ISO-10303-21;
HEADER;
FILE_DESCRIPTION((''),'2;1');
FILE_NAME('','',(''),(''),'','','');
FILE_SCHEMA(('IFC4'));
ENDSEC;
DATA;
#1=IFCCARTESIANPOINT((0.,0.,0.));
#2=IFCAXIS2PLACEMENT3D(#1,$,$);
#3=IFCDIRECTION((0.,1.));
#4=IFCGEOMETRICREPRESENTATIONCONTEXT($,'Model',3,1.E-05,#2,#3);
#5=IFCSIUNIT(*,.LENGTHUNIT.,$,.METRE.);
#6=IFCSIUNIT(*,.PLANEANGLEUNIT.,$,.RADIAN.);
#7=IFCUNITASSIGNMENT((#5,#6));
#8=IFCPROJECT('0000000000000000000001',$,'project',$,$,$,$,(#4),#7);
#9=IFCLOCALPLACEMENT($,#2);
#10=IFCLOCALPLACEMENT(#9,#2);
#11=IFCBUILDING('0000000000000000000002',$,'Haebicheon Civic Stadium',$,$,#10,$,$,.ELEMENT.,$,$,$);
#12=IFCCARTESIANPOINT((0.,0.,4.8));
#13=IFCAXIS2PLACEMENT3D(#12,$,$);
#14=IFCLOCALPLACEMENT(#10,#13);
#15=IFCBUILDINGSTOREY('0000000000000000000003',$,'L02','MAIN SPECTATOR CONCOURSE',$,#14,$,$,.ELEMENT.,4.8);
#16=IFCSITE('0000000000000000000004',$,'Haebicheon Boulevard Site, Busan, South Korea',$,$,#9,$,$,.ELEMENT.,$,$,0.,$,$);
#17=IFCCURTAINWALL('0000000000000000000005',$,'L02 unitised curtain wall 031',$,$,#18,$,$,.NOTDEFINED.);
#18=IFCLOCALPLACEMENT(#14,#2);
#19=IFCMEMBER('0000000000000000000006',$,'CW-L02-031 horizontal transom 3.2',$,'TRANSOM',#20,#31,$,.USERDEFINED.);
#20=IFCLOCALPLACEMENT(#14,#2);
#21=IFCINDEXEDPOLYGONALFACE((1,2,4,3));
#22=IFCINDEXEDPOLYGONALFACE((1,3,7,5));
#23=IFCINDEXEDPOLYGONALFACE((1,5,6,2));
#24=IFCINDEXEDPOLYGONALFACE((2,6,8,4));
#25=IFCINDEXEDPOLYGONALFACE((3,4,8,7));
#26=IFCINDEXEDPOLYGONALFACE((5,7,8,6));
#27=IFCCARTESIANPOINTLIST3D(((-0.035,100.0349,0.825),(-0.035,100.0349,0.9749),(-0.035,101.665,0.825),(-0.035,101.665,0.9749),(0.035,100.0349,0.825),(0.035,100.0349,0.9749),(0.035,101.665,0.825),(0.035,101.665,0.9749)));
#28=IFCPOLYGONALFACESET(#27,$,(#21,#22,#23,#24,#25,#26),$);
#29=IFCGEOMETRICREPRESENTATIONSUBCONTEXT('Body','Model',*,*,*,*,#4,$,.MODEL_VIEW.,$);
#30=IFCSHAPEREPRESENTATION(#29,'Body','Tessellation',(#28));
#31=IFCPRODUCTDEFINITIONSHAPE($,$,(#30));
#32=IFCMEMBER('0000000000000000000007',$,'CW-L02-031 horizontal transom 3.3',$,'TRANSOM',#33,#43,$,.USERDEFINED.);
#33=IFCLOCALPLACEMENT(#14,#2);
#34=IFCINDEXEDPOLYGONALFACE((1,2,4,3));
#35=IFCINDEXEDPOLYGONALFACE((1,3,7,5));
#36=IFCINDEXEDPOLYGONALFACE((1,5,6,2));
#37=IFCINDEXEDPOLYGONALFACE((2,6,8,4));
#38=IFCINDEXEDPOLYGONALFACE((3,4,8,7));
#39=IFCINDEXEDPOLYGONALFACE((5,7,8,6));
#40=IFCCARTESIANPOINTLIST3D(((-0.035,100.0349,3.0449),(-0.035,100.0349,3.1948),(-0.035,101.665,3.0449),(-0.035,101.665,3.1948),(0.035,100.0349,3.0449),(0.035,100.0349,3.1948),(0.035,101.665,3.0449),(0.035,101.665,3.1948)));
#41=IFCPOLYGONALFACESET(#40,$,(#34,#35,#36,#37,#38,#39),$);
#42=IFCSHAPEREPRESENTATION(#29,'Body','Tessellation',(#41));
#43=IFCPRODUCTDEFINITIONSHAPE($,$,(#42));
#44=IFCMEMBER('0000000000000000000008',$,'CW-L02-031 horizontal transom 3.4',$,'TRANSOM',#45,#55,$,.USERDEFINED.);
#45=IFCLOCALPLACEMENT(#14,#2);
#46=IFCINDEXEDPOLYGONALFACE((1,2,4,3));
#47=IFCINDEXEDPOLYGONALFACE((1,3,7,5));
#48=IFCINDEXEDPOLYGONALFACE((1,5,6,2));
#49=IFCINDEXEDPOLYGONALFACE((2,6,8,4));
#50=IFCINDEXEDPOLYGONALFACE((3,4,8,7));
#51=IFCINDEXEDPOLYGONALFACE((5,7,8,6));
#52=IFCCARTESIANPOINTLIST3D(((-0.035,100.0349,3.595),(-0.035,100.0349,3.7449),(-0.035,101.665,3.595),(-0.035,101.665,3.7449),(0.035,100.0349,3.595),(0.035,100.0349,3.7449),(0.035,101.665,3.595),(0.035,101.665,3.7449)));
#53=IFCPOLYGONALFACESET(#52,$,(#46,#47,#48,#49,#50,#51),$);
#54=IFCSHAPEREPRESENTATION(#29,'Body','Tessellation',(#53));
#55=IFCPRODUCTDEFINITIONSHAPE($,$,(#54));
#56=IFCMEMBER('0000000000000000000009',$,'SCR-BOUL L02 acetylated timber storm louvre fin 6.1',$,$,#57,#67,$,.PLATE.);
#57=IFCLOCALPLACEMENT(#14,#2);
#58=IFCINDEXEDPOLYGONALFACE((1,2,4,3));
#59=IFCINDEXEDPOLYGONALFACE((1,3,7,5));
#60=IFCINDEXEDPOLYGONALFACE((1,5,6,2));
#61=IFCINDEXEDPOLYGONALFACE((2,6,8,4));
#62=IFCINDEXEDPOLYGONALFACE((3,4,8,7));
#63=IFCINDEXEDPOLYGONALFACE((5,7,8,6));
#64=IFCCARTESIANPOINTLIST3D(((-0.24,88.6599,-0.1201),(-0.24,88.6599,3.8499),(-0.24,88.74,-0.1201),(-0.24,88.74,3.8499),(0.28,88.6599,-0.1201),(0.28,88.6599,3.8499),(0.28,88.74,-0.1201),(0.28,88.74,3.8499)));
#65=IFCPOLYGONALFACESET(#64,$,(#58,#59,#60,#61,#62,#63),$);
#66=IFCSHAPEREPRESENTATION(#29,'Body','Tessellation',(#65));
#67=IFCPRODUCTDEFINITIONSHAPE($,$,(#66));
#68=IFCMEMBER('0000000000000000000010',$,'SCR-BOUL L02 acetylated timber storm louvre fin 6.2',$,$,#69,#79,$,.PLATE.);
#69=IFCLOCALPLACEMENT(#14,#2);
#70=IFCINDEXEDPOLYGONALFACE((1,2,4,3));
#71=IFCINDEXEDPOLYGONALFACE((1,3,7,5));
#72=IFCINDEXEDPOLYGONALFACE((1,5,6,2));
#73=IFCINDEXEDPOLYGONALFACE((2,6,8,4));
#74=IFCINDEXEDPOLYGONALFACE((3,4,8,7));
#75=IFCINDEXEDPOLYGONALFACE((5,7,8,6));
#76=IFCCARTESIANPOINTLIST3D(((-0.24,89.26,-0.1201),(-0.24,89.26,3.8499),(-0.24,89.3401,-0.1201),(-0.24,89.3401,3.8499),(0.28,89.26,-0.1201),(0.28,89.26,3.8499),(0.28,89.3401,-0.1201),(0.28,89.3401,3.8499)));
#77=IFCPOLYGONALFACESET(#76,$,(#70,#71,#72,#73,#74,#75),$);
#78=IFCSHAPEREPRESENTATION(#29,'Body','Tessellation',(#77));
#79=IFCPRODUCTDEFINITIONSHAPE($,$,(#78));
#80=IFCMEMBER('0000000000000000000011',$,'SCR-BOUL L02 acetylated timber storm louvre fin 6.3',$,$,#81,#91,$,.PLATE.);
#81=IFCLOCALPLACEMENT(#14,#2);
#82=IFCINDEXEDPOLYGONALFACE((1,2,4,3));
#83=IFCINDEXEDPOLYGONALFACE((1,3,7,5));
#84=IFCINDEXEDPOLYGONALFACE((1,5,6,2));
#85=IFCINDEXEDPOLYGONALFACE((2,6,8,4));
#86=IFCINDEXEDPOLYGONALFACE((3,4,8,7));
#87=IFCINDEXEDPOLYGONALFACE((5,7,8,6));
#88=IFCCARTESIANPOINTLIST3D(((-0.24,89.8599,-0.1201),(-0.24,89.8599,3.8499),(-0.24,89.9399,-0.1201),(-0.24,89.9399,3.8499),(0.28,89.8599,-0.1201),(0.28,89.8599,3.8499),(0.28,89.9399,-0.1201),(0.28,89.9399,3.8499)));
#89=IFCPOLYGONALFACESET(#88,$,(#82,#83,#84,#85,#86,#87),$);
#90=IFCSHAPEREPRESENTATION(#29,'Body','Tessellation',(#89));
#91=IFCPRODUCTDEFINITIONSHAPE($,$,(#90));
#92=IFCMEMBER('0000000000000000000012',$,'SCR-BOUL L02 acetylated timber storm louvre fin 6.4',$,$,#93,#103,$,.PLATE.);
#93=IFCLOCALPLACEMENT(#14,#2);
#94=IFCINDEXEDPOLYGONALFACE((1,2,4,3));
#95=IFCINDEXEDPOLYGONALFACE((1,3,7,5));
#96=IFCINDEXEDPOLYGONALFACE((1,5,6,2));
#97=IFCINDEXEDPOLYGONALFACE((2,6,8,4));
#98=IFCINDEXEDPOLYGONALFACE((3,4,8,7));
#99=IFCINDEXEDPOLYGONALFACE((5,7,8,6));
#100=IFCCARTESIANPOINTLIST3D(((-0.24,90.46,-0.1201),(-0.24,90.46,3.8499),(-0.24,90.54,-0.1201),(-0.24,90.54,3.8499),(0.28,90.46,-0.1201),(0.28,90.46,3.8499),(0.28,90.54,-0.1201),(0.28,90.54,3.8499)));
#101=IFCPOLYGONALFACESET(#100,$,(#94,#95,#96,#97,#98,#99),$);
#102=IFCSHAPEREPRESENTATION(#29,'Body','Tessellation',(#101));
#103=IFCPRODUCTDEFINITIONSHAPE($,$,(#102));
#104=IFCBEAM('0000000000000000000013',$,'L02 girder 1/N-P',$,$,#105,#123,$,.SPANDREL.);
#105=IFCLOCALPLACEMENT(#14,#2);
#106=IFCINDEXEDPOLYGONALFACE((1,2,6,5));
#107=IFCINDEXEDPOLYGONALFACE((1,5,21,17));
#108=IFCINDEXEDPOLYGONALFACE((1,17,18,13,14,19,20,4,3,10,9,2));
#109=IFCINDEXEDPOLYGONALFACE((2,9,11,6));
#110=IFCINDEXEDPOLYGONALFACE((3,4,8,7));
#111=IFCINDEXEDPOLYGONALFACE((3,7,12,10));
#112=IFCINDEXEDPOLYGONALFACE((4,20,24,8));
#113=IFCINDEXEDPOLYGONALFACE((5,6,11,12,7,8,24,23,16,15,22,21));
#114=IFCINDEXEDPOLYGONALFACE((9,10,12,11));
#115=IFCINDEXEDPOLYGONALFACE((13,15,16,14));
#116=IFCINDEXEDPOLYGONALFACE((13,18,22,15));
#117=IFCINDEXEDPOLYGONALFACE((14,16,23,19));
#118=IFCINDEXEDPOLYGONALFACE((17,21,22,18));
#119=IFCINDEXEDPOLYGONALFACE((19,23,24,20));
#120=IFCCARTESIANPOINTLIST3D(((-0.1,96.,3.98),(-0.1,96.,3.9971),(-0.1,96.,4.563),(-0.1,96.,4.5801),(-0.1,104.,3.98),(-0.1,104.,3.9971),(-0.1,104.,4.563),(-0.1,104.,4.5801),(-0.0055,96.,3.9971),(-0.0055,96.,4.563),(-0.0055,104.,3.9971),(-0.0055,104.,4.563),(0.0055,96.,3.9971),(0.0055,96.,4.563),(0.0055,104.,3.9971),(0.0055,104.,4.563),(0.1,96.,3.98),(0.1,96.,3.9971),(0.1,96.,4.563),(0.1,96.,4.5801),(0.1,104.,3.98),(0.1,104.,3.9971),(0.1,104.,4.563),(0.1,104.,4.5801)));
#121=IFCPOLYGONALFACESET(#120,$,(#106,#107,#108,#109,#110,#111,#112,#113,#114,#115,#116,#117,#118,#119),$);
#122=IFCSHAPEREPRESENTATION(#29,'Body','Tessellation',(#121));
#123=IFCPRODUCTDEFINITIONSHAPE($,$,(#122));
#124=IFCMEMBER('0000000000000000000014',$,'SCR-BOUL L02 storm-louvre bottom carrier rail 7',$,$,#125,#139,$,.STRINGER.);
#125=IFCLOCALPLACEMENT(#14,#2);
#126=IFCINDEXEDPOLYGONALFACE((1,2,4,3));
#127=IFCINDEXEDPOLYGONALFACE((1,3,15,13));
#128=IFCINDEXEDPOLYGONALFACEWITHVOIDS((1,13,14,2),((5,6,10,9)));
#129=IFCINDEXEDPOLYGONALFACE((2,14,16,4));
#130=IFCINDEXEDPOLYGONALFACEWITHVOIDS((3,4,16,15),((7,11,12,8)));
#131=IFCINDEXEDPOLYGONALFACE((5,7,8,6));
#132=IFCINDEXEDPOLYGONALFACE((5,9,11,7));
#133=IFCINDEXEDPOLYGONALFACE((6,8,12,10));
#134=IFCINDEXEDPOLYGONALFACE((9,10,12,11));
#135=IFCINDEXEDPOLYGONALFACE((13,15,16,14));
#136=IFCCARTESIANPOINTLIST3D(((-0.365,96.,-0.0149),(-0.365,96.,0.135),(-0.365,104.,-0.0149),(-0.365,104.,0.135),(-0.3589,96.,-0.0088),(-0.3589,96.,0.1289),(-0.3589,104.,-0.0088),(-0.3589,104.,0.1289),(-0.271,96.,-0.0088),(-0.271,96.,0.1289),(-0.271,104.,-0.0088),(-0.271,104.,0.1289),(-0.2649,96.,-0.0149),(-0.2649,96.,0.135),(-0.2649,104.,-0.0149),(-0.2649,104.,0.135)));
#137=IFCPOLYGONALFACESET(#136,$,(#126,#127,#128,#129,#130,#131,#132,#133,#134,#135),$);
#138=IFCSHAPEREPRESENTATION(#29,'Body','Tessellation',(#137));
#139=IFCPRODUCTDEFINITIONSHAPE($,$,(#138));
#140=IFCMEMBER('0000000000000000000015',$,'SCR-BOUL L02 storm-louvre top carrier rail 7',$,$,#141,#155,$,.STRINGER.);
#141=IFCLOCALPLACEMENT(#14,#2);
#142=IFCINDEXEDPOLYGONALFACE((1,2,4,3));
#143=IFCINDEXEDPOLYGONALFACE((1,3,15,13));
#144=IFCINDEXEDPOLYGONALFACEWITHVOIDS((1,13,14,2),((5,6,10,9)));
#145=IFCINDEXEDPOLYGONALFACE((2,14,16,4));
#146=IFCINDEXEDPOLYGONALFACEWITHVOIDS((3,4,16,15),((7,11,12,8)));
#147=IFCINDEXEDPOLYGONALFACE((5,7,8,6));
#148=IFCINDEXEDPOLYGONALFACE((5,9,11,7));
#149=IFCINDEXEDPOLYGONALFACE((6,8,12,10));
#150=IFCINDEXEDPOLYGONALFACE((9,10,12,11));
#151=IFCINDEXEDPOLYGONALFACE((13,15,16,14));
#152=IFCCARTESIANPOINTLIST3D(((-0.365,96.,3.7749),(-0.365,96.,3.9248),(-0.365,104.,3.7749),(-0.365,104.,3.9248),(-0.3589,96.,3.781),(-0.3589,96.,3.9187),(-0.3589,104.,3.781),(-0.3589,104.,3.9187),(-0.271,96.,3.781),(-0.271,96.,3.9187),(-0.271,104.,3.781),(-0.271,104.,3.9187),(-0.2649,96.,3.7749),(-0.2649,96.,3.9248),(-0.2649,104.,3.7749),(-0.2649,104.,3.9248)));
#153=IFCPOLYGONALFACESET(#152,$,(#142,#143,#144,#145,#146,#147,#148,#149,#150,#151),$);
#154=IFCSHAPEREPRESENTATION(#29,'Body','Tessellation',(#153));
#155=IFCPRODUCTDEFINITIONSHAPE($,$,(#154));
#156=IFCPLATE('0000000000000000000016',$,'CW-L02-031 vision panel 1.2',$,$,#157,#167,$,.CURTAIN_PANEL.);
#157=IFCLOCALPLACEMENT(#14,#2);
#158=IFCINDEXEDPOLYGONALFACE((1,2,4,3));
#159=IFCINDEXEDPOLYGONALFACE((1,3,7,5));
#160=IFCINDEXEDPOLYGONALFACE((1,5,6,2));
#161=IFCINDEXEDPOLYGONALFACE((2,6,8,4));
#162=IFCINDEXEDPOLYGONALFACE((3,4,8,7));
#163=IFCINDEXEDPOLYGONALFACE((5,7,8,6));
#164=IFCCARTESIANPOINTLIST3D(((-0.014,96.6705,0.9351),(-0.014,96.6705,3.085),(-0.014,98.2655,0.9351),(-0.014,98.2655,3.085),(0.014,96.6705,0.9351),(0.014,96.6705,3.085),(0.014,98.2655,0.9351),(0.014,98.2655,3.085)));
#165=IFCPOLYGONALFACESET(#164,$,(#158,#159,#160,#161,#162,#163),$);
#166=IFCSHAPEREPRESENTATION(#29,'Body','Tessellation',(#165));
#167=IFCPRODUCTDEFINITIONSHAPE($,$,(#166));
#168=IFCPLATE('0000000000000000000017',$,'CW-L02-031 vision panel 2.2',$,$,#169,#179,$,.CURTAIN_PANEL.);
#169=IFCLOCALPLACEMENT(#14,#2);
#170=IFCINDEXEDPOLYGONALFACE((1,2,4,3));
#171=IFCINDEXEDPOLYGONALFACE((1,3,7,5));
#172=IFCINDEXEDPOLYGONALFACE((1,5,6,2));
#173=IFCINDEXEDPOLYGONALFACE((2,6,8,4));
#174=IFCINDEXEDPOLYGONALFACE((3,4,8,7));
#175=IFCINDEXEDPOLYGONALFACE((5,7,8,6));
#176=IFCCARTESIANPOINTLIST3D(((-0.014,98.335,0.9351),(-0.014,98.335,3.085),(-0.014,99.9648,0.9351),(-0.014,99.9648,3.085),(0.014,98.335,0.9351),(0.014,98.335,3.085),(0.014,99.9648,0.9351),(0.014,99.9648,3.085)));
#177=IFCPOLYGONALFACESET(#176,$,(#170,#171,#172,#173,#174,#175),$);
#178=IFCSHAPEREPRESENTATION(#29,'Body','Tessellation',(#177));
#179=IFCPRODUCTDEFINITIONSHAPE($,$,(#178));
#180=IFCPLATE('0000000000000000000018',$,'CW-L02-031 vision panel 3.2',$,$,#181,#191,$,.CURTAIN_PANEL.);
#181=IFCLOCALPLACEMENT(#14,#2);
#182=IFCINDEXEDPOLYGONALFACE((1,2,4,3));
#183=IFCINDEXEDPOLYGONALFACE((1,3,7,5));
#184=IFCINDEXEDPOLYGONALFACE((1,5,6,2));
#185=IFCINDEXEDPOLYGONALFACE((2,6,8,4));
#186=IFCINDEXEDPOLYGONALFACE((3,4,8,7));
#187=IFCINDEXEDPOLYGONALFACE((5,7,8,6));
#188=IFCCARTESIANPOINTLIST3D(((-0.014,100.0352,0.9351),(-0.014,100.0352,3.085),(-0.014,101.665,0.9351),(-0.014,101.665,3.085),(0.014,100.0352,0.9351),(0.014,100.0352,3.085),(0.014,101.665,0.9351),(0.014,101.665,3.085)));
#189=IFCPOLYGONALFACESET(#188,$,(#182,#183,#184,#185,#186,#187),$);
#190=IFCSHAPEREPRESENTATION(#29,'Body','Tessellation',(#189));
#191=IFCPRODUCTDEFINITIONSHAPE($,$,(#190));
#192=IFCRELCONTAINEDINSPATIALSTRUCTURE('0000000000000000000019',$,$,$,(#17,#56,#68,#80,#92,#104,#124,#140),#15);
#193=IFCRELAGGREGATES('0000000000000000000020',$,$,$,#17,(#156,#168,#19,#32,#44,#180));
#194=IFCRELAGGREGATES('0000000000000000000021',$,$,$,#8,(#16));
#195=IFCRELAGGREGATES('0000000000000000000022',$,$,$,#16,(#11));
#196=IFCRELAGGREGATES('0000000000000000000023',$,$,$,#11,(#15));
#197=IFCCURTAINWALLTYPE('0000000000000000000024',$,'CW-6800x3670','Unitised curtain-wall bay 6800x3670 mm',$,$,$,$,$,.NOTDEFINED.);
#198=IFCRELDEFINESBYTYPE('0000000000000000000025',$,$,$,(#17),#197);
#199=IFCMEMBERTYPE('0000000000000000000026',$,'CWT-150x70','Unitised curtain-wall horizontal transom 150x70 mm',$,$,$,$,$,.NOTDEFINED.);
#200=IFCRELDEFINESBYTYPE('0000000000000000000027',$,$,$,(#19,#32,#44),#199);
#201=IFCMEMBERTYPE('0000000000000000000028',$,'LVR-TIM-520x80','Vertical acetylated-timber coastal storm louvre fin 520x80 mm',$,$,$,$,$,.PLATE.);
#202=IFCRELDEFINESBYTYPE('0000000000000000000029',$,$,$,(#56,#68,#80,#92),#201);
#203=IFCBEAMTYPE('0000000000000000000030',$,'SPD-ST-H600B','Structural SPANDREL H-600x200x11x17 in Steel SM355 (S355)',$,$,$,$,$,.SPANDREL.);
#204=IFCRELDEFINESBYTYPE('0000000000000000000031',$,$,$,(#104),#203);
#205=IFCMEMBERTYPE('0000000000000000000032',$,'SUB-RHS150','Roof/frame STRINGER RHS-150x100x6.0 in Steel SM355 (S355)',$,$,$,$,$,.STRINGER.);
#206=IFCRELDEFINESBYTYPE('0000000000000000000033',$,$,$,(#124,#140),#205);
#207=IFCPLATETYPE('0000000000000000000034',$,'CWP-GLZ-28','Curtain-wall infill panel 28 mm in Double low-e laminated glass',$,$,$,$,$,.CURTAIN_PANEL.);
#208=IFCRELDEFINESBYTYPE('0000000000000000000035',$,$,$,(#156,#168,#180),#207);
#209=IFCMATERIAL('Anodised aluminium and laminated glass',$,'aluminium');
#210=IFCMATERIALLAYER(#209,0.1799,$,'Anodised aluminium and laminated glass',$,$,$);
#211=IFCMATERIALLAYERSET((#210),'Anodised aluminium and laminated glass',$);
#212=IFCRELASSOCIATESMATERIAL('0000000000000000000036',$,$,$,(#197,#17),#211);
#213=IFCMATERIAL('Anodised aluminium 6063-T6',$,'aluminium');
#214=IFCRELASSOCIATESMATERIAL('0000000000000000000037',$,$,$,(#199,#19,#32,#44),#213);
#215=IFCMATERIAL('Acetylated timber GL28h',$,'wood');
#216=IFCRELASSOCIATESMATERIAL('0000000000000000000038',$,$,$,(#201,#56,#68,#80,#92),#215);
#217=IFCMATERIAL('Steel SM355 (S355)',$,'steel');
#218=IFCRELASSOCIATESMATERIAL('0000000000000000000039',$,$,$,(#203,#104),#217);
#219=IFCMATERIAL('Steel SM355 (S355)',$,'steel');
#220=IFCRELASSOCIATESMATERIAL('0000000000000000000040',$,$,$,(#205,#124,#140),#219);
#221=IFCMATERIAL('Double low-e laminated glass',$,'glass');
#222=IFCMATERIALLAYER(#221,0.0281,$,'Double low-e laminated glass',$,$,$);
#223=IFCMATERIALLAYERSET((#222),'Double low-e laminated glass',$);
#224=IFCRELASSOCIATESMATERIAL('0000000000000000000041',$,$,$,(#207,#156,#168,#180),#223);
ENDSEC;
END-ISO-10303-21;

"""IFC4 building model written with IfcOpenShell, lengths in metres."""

from ifc_helpers import new_model, si_unit, direction, frame, origin, origin_2d, place, context, subcontext, project, spatial, rectangle, hollow_rectangle, i_section, extrude, material, layer, layer_set, material_profile, profile_set, type_object, element, aggregate, save


model = new_model("IFC4")

# Units and contexts
model_context = context("Model", 3, precision=1e-05, world=origin(), true_north=direction((0.0, 1.0)))
body_context = subcontext(model_context, "Body", "Model", "MODEL_VIEW")
ifc_project = project(units=[si_unit("LENGTHUNIT", "METRE"), si_unit("PLANEANGLEUNIT", "RADIAN")], contexts=[model_context])

# Site, building, storey
site_placement = place(None, origin())
site = spatial("IfcSite", under=ifc_project, at=site_placement, Name="Haebicheon Boulevard Site, Busan, South Korea", CompositionType="ELEMENT", RefElevation=0.0)
building_placement = place(site_placement, origin())
building = spatial("IfcBuilding", under=site, at=building_placement, Name="Haebicheon Civic Stadium", CompositionType="ELEMENT")
storey_placement = place(building_placement, frame((0.0, 0.0, 4.8)))
storey = spatial("IfcBuildingStorey", under=building, at=storey_placement, Name="L02", Description="MAIN SPECTATOR CONCOURSE", CompositionType="ELEMENT", Elevation=4.8)

# Curtain wall, members
ifc_material_1 = material(Name="Anodised aluminium and laminated glass", Category="aluminium")
ifc_layer_1 = layer(ifc_material_1, 0.1799, Name="Anodised aluminium and laminated glass")
ifc_layer_set_1 = layer_set([ifc_layer_1], Name="Anodised aluminium and laminated glass")
curtain_wall_type = type_object("IfcCurtainWallType", Name="CW-6800x3670", Description="Unitised curtain-wall bay 6800x3670 mm", PredefinedType="NOTDEFINED", material=ifc_layer_set_1)
curtain_wall_placement = place(storey_placement, origin())
curtain_wall = element("IfcCurtainWall", 1, at=curtain_wall_placement, inside=storey, type_object=curtain_wall_type, material=ifc_layer_set_1, Name="L02 unitised curtain wall 031", PredefinedType="NOTDEFINED")
ifc_material_2 = material(Name="Anodised aluminium 6063-T6", Category="aluminium")
ifc_material_profile_1 = material_profile(ifc_material_2, rectangle(XDim=0.0701, YDim=0.1499, at=origin_2d()), Name="ALU-TRAN-70x150")
ifc_profile_set_1 = profile_set([ifc_material_profile_1], Name="Anodised aluminium 6063-T6")
member_type_1 = type_object("IfcMemberType", Name="CWT-150x70", Description="Unitised curtain-wall horizontal transom 150x70 mm", PredefinedType="NOTDEFINED", material=ifc_profile_set_1)
member_1_placement = place(storey_placement, frame((0.0, 100.0349, 0.8999), z_axis=(0.0, 1.0, 0.0), x_axis=(-1.0, 0.0, 0.0)))
member_1 = element("IfcMember", 2, at=member_1_placement, type_object=member_type_1, material=ifc_profile_set_1, Name="CW-L02-031 horizontal transom 3.2", ObjectType="TRANSOM", PredefinedType="USERDEFINED", context=body_context, shape_type="SweptSolid", body=[
    extrude(rectangle(XDim=0.0701, YDim=0.1499, at=origin_2d()), origin(), (0.0, 0.0, 1.0), 1.6301),
])
member_2_placement = place(storey_placement, frame((0.0, 100.0349, 3.1199), z_axis=(0.0, 1.0, 0.0), x_axis=(-1.0, 0.0, 0.0)))
member_2 = element("IfcMember", 3, at=member_2_placement, type_object=member_type_1, material=ifc_profile_set_1, Name="CW-L02-031 horizontal transom 3.3", ObjectType="TRANSOM", PredefinedType="USERDEFINED", context=body_context, shape_type="SweptSolid", body=[
    extrude(rectangle(XDim=0.0701, YDim=0.1499, at=origin_2d()), origin(), (0.0, 0.0, 1.0), 1.6301),
])
member_3_placement = place(storey_placement, frame((0.0, 100.0349, 3.6699), z_axis=(0.0, 1.0, 0.0), x_axis=(-1.0, 0.0, 0.0)))
member_3 = element("IfcMember", 4, at=member_3_placement, type_object=member_type_1, material=ifc_profile_set_1, Name="CW-L02-031 horizontal transom 3.4", ObjectType="TRANSOM", PredefinedType="USERDEFINED", context=body_context, shape_type="SweptSolid", body=[
    extrude(rectangle(XDim=0.0701, YDim=0.1499, at=origin_2d()), origin(), (0.0, 0.0, 1.0), 1.6301),
])

# Members
ifc_material_3 = material(Name="Acetylated timber GL28h", Category="wood")
ifc_material_profile_2 = material_profile(ifc_material_3, rectangle(XDim=0.0801, YDim=0.52, at=origin_2d()), Name="TMB-LOUV-80x520")
ifc_profile_set_2 = profile_set([ifc_material_profile_2], Name="Acetylated timber GL28h")
member_type_2 = type_object("IfcMemberType", Name="LVR-TIM-520x80", Description="Vertical acetylated-timber coastal storm louvre fin 520x80 mm", PredefinedType="PLATE", material=ifc_profile_set_2)
for number, where, z_axis, x_axis, name in (
    (5, (0.02, 88.7, -0.1201), (0.0, 0.0, 1.0), (0.0, 1.0, 0.0), "SCR-BOUL L02 acetylated timber storm louvre fin 6.1"),
    (6, (0.02, 89.3, -0.1201), (0.0, 0.0, 1.0), (0.0, 1.0, 0.0), "SCR-BOUL L02 acetylated timber storm louvre fin 6.2"),
    (7, (0.02, 89.8999, -0.1201), (0.0, 0.0, 1.0), (0.0, 1.0, 0.0), "SCR-BOUL L02 acetylated timber storm louvre fin 6.3"),
    (8, (0.02, 90.5, -0.1201), (0.0, 0.0, 1.0), (0.0, 1.0, 0.0), "SCR-BOUL L02 acetylated timber storm louvre fin 6.4"),
):
    element("IfcMember", number, at=place(storey_placement, frame(where, z_axis=z_axis, x_axis=x_axis)), inside=storey, type_object=member_type_2, material=ifc_profile_set_2, Name=name, PredefinedType="PLATE", context=body_context, shape_type="SweptSolid", body=[
        extrude(rectangle(XDim=0.0801, YDim=0.52, at=origin_2d()), origin(), (0.0, 0.0, 1.0), 3.97),
    ])

# Beam
ifc_material_4 = material(Name="Steel SM355 (S355)", Category="steel")
ifc_material_profile_3 = material_profile(ifc_material_4, i_section(OverallWidth=0.2, OverallDepth=0.6001, WebThickness=0.011, FlangeThickness=0.0171, at=origin_2d()), Name="H-600x200x11x17")
ifc_profile_set_3 = profile_set([ifc_material_profile_3], Name="Steel SM355 (S355)")
beam_type_1 = type_object("IfcBeamType", Name="SPD-ST-H600B", Description="Structural SPANDREL H-600x200x11x17 in Steel SM355 (S355)", PredefinedType="SPANDREL", material=ifc_profile_set_3)
beam_1_placement = place(storey_placement, frame((0.0, 96.0, 4.28), z_axis=(0.0, 1.0, 0.0), x_axis=(-1.0, 0.0, 0.0)))
element("IfcBeam", 9, at=beam_1_placement, inside=storey, type_object=beam_type_1, material=ifc_profile_set_3, Name="L02 girder 1/N-P", PredefinedType="SPANDREL", context=body_context, shape_type="SweptSolid", body=[
    extrude(i_section(OverallWidth=0.2, OverallDepth=0.6001, WebThickness=0.011, FlangeThickness=0.0171, at=origin_2d()), origin(), (0.0, 0.0, 1.0), 8.0),
])

# Members
ifc_material_5 = material(Name="Steel SM355 (S355)", Category="steel")
ifc_material_profile_4 = material_profile(ifc_material_5, hollow_rectangle(XDim=0.1001, YDim=0.1499, WallThickness=0.0061, at=origin_2d()), Name="RHS-150x100x6.0")
ifc_profile_set_4 = profile_set([ifc_material_profile_4], Name="Steel SM355 (S355)")
member_type_3 = type_object("IfcMemberType", Name="SUB-RHS150", Description="Roof/frame STRINGER RHS-150x100x6.0 in Steel SM355 (S355)", PredefinedType="STRINGER", material=ifc_profile_set_4)
for number, where, z_axis, x_axis, name in (
    (10, (-0.3149, 96.0, 0.0601), (0.0, 1.0, 0.0), (-1.0, 0.0, 0.0), "SCR-BOUL L02 storm-louvre bottom carrier rail 7"),
    (11, (-0.3149, 96.0, 3.8499), (0.0, 1.0, 0.0), (-1.0, 0.0, 0.0), "SCR-BOUL L02 storm-louvre top carrier rail 7"),
):
    element("IfcMember", number, at=place(storey_placement, frame(where, z_axis=z_axis, x_axis=x_axis)), inside=storey, type_object=member_type_3, material=ifc_profile_set_4, Name=name, PredefinedType="STRINGER", context=body_context, shape_type="SweptSolid", body=[
        extrude(hollow_rectangle(XDim=0.1001, YDim=0.1499, WallThickness=0.0061, at=origin_2d()), origin(), (0.0, 0.0, 1.0), 8.0),
    ])

# Plates
ifc_material_6 = material(Name="Double low-e laminated glass", Category="glass")
ifc_layer_2 = layer(ifc_material_6, 0.0281, Name="Double low-e laminated glass")
ifc_layer_set_2 = layer_set([ifc_layer_2], Name="Double low-e laminated glass")
plate_type_1 = type_object("IfcPlateType", Name="CWP-GLZ-28", Description="Curtain-wall infill panel 28 mm in Double low-e laminated glass", PredefinedType="CURTAIN_PANEL", material=ifc_layer_set_2)
plate_1_placement = place(storey_placement, frame((0.0, 97.468, 0.9351), z_axis=(0.0, 0.0, 1.0), x_axis=(0.0, 1.0, 0.0)))
plate_1 = element("IfcPlate", 12, at=plate_1_placement, type_object=plate_type_1, material=ifc_layer_set_2, Name="CW-L02-031 vision panel 1.2", PredefinedType="CURTAIN_PANEL", context=body_context, shape_type="SweptSolid", body=[
    extrude(rectangle(XDim=1.595, YDim=0.0281, at=origin_2d()), origin(), (0.0, 0.0, 1.0), 2.1499),
])
plate_2_placement = place(storey_placement, frame((0.0, 99.1499, 0.9351), z_axis=(0.0, 0.0, 1.0), x_axis=(0.0, 1.0, 0.0)))
plate_2 = element("IfcPlate", 13, at=plate_2_placement, type_object=plate_type_1, material=ifc_layer_set_2, Name="CW-L02-031 vision panel 2.2", PredefinedType="CURTAIN_PANEL", context=body_context, shape_type="SweptSolid", body=[
    extrude(rectangle(XDim=1.6299, YDim=0.0281, at=origin_2d()), origin(), (0.0, 0.0, 1.0), 2.1499),
])
plate_3_placement = place(storey_placement, frame((0.0, 100.8501, 0.9351), z_axis=(0.0, 0.0, 1.0), x_axis=(0.0, 1.0, 0.0)))
plate_3 = element("IfcPlate", 14, at=plate_3_placement, type_object=plate_type_1, material=ifc_layer_set_2, Name="CW-L02-031 vision panel 3.2", PredefinedType="CURTAIN_PANEL", context=body_context, shape_type="SweptSolid", body=[
    extrude(rectangle(XDim=1.6299, YDim=0.0281, at=origin_2d()), origin(), (0.0, 0.0, 1.0), 2.1499),
])
aggregate(curtain_wall, [plate_1, plate_2, member_1, member_2, member_3, plate_3])

save(model, "model.ifc")
